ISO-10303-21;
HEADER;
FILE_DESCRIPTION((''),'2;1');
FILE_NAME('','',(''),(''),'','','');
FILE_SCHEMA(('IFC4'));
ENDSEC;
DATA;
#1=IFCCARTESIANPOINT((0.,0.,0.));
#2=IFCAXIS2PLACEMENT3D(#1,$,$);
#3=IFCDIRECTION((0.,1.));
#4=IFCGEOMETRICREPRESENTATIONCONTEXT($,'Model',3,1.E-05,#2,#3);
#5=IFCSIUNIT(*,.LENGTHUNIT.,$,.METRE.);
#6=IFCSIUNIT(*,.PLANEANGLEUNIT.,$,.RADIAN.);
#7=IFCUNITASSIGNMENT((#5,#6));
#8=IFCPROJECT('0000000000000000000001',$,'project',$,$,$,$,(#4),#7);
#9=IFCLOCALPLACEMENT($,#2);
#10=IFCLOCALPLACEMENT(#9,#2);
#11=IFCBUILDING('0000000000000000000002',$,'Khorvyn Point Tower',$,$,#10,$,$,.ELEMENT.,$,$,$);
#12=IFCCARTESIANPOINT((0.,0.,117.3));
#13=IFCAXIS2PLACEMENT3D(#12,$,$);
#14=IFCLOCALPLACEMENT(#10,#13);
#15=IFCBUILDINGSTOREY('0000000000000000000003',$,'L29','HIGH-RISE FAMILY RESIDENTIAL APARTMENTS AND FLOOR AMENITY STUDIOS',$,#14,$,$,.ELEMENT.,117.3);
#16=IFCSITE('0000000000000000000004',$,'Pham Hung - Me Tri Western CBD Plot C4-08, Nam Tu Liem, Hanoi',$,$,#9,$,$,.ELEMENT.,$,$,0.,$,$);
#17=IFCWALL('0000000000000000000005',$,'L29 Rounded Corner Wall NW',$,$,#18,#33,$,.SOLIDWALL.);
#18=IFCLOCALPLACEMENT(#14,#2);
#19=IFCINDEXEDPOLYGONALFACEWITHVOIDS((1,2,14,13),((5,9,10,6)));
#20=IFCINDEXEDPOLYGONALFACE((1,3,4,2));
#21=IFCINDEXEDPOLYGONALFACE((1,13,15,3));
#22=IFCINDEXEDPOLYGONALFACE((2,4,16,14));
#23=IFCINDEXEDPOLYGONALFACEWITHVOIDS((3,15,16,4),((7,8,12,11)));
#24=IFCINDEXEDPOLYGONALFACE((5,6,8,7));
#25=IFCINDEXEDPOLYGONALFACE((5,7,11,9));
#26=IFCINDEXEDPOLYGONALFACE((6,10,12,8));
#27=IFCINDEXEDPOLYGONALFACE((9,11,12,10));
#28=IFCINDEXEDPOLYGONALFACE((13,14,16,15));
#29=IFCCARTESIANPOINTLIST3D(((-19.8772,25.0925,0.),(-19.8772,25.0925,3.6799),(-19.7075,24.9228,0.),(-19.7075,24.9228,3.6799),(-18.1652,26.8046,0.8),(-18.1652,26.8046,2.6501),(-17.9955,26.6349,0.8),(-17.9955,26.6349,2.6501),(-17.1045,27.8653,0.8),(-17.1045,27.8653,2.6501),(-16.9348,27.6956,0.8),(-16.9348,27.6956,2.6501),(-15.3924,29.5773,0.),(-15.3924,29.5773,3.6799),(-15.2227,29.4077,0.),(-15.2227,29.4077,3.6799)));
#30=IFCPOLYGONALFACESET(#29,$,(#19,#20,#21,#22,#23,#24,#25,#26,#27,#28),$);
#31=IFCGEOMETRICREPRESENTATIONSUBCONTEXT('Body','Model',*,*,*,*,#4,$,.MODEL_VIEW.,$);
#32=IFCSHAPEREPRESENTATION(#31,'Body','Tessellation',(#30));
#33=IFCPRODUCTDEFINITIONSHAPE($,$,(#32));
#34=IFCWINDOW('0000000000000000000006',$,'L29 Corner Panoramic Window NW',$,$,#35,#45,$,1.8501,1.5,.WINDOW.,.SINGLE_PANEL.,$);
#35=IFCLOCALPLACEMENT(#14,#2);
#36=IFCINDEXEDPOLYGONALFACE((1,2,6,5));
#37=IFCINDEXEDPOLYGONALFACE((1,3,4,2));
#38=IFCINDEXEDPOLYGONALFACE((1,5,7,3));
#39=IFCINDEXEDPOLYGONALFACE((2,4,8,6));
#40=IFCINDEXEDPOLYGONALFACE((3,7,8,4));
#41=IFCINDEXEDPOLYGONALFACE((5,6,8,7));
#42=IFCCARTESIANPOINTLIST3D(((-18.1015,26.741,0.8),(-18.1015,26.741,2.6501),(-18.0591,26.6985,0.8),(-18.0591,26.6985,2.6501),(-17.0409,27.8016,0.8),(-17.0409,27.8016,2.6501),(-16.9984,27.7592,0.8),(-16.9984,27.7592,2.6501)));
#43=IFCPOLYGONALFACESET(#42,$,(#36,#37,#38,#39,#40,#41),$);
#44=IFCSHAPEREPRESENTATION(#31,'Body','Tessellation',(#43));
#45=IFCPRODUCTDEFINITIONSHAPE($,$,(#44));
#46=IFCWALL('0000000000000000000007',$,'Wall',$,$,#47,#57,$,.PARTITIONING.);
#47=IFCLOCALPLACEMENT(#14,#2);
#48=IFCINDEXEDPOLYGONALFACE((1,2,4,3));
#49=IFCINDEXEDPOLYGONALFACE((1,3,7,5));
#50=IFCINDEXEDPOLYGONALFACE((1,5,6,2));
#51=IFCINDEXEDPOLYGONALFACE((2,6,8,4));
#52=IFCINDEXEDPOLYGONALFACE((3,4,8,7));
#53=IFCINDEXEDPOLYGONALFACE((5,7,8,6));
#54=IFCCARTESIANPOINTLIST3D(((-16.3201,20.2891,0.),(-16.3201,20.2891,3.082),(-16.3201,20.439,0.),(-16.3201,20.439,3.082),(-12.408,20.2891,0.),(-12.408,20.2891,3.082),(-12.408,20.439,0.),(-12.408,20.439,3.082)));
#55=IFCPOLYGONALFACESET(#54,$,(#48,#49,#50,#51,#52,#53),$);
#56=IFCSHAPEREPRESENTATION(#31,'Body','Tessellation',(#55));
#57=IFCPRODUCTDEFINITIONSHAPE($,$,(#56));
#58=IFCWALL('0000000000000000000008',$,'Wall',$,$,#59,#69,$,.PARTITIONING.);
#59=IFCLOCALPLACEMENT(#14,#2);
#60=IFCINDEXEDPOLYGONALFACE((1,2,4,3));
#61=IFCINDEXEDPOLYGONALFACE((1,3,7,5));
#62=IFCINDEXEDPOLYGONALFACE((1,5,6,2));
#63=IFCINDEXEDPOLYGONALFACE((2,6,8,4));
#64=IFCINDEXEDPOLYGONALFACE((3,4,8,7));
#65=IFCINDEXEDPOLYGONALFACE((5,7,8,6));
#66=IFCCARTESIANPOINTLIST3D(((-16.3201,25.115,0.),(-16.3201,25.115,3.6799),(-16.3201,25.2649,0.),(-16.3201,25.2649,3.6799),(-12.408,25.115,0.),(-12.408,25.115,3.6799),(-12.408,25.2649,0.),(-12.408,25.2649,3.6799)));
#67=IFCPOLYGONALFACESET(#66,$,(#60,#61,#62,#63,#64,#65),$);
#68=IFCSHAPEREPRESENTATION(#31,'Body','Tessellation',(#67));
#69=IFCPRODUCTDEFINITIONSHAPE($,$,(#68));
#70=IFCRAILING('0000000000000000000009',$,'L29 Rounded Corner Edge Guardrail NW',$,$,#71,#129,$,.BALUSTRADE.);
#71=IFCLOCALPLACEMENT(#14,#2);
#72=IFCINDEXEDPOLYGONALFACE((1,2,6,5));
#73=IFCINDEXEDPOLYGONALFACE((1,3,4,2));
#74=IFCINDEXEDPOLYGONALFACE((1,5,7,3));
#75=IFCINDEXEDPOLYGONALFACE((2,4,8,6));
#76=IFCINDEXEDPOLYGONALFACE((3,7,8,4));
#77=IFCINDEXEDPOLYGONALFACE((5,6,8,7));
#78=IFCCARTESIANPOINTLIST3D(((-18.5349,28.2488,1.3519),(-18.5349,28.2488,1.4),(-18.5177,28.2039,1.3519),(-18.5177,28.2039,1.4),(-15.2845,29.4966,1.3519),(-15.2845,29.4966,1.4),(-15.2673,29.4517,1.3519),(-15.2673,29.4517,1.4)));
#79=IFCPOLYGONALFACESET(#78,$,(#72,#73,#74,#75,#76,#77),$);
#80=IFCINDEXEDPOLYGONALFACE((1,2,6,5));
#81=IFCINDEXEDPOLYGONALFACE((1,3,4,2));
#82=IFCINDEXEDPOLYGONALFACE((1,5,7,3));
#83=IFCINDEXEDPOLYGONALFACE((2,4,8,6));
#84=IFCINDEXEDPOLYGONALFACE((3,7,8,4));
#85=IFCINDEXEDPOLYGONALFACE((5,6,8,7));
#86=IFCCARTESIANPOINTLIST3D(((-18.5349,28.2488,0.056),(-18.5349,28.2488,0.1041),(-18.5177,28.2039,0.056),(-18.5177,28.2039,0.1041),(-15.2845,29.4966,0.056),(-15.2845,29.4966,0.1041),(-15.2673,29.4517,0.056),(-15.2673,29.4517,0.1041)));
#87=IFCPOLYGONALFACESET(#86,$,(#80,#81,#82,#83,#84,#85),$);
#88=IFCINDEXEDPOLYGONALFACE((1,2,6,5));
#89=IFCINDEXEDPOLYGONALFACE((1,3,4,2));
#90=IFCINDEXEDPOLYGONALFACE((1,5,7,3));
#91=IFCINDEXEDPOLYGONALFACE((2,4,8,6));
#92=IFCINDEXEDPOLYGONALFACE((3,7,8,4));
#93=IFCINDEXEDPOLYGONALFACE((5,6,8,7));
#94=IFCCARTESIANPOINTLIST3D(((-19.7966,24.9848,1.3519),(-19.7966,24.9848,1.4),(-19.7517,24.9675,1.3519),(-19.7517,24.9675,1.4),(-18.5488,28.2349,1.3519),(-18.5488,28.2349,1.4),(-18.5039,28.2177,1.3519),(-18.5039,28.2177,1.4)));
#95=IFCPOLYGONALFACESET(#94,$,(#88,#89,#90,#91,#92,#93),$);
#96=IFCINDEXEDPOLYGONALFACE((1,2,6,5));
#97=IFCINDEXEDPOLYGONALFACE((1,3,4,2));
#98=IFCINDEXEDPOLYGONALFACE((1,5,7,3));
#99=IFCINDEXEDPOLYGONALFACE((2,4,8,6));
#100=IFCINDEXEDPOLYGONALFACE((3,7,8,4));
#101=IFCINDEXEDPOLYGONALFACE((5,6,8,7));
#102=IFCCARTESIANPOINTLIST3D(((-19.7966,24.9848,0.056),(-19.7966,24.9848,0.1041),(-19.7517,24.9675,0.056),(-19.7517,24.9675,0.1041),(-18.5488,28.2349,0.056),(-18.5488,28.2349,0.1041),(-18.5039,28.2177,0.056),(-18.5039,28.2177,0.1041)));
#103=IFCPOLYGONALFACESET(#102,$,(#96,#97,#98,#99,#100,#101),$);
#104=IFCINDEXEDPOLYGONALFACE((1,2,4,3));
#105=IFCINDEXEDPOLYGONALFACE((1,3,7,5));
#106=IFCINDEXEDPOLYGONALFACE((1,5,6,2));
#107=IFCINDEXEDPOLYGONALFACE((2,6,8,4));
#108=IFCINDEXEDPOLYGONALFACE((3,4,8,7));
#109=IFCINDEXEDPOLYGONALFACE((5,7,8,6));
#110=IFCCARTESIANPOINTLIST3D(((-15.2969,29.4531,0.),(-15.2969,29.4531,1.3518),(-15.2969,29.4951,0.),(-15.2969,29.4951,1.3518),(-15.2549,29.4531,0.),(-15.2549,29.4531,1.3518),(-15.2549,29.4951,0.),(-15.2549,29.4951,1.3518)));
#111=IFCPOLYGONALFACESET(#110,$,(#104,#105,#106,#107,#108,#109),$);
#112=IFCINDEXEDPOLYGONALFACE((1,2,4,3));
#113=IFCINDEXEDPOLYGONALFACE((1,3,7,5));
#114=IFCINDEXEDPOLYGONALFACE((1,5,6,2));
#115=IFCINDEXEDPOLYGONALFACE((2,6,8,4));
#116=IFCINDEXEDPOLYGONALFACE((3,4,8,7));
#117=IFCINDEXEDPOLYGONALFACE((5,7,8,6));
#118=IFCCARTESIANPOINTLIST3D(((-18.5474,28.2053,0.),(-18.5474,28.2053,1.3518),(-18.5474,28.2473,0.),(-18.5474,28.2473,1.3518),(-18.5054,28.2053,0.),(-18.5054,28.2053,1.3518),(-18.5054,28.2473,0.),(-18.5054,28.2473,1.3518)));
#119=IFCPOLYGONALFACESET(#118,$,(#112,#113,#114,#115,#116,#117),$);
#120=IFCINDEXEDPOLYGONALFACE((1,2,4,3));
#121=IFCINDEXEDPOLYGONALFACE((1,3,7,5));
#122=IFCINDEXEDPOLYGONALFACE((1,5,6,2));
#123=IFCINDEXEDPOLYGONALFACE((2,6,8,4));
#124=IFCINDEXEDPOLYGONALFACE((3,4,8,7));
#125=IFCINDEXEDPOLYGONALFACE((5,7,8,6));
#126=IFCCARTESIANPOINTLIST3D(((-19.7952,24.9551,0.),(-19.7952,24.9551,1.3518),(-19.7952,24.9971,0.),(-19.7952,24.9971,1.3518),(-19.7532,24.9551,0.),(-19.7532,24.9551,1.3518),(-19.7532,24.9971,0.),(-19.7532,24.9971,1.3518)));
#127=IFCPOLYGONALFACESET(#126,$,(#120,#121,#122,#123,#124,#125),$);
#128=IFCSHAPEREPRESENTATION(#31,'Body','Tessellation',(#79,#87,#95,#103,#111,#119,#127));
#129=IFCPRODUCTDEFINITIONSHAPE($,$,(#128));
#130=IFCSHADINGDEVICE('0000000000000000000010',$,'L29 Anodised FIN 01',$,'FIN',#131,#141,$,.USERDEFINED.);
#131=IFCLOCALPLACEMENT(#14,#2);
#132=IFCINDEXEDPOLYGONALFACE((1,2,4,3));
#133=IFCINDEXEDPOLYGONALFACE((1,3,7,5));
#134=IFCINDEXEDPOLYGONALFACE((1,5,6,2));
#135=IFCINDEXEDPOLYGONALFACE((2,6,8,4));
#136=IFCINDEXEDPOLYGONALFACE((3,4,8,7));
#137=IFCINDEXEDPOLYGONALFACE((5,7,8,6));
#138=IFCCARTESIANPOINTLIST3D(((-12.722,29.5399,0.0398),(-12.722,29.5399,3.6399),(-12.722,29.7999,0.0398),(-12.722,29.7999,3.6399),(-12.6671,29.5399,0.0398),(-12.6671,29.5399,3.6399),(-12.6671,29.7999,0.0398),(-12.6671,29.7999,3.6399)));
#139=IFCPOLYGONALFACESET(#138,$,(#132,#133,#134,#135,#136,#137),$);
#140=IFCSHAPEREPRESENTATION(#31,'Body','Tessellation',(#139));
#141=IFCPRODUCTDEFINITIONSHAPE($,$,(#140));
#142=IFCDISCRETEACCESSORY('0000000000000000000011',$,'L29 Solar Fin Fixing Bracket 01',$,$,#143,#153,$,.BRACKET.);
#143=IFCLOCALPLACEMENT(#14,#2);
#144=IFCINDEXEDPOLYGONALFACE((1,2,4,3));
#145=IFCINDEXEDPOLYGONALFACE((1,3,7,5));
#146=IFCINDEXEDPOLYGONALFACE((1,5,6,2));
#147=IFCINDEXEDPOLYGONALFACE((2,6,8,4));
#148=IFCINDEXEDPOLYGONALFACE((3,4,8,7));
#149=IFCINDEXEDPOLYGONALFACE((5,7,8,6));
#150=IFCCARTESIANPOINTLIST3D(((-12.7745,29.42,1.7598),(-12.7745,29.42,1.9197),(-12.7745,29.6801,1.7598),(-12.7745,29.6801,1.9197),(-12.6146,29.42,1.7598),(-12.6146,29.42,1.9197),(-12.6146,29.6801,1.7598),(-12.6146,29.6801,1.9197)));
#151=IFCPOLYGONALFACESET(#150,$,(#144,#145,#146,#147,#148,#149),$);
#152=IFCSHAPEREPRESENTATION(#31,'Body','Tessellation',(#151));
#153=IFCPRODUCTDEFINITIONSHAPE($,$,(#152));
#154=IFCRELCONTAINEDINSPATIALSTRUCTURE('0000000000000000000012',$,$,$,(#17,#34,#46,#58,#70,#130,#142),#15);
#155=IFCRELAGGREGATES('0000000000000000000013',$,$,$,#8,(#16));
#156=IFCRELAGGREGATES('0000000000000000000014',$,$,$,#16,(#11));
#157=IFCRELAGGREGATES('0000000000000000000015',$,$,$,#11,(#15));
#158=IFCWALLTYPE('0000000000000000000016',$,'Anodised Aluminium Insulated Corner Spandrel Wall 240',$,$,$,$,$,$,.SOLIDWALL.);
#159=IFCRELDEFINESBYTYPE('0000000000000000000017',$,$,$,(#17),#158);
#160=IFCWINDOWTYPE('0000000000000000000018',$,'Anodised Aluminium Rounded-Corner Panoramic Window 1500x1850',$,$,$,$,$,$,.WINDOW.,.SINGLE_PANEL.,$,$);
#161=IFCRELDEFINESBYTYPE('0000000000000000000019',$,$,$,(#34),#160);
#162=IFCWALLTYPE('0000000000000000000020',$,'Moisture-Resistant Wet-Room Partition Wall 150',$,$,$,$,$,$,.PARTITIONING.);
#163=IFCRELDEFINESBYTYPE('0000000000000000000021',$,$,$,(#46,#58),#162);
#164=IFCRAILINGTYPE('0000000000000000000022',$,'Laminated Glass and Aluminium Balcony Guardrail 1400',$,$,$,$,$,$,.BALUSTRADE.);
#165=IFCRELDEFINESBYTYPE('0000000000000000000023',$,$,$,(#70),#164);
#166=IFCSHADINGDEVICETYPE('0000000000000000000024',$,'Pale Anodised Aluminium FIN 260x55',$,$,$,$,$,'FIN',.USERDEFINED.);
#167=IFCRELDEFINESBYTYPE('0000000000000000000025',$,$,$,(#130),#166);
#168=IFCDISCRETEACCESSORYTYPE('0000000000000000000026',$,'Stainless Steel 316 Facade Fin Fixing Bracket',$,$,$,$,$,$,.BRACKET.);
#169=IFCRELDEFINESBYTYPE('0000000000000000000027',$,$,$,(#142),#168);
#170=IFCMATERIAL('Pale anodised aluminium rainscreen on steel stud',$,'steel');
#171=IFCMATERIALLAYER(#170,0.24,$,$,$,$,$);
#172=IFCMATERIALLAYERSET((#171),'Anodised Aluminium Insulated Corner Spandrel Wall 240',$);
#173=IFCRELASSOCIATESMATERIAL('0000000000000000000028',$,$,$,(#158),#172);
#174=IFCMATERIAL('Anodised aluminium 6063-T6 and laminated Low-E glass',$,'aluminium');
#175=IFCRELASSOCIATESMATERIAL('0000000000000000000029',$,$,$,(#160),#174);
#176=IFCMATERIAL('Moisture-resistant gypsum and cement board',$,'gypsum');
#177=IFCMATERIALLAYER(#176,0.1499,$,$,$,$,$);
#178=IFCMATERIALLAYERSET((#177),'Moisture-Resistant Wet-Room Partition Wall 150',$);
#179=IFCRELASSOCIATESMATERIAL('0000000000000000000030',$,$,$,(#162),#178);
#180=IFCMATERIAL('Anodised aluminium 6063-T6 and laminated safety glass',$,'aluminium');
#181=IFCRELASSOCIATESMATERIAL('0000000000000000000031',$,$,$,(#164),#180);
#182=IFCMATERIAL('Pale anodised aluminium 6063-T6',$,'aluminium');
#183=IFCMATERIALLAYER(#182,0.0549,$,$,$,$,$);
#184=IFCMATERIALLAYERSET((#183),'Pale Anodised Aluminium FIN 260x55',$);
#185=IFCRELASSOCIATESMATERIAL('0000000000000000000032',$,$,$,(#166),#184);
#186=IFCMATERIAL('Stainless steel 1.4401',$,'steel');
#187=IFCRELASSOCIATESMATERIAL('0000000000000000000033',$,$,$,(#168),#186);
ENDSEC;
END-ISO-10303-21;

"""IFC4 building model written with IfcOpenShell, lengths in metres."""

from ifc_helpers import new_model, si_unit, direction, frame, frame_2d, origin, origin_2d, place, context, subcontext, project, spatial, rectangle, extrude, material, layer, layer_set, type_object, element, fill, save


model = new_model("IFC4")

# Units and contexts
model_context = context("Model", 3, precision=1e-05, world=origin(), true_north=direction((0.0, 1.0)))
body_context = subcontext(model_context, "Body", "Model", "MODEL_VIEW")
ifc_project = project(units=[si_unit("LENGTHUNIT", "METRE"), si_unit("PLANEANGLEUNIT", "RADIAN")], contexts=[model_context])

# Site, building, storey
site_placement = place(None, origin())
site = spatial("IfcSite", under=ifc_project, at=site_placement, Name="Pham Hung - Me Tri Western CBD Plot C4-08, Nam Tu Liem, Hanoi", CompositionType="ELEMENT", RefElevation=0.0)
building_placement = place(site_placement, origin())
building = spatial("IfcBuilding", under=site, at=building_placement, Name="Khorvyn Point Tower", CompositionType="ELEMENT")
storey_placement = place(building_placement, frame((0.0, 0.0, 117.3)))
storey = spatial("IfcBuildingStorey", under=building, at=storey_placement, Name="L29", Description="HIGH-RISE FAMILY RESIDENTIAL APARTMENTS AND FLOOR AMENITY STUDIOS", CompositionType="ELEMENT", Elevation=117.3)

# Shared definitions
ifc_material_1 = material(Name="Anodised aluminium 6063-T6 and laminated Low-E glass", Category="aluminium")

# Wall, opening, window
ifc_material_2 = material(Name="Pale anodised aluminium rainscreen on steel stud", Category="steel")
ifc_layer_1 = layer(ifc_material_2, 0.24)
ifc_layer_set_1 = layer_set([ifc_layer_1], Name="Anodised Aluminium Insulated Corner Spandrel Wall 240")
wall_type_1 = type_object("IfcWallType", Name="Anodised Aluminium Insulated Corner Spandrel Wall 240", PredefinedType="SOLIDWALL", material=ifc_layer_set_1)
wall_1_placement = place(storey_placement, frame((-19.7925, 25.0076, 0.0), z_axis=(0.0, 0.0, 1.0), x_axis=(0.707107, 0.707107, 0.0)))
wall_1 = element("IfcWall", 1, at=wall_1_placement, inside=storey, type_object=wall_type_1, Name="L29 Rounded Corner Wall NW", PredefinedType="SOLIDWALL", context=body_context, shape_type="SweptSolid", body=[
    extrude(rectangle(XDim=6.3425, YDim=0.24, at=frame_2d((3.1714, 0.0))), origin(), (0.0, 0.0, 1.0), 3.6799),
])
opening_placement = place(wall_1_placement, frame((2.4214, 0.0, 0.8)))
opening = element("IfcOpeningElement", 2, at=opening_placement, cuts=wall_1, PredefinedType="OPENING", context=body_context, shape_type="SweptSolid", body=[
    extrude(rectangle(XDim=1.5, YDim=1.8501, at=frame_2d((0.75, 0.925))), frame((0.0, 0.1299, 0.0), z_axis=(0.0, -1.0, 0.0), x_axis=(1.0, 0.0, 0.0)), (0.0, 0.0, 1.0), 0.26),
])
window_type = type_object("IfcWindowType", Name="Anodised Aluminium Rounded-Corner Panoramic Window 1500x1850", PartitioningType="SINGLE_PANEL", PredefinedType="WINDOW", material=ifc_material_1)
window_placement = place(opening_placement, origin())
window = element("IfcWindow", 3, at=window_placement, inside=storey, type_object=window_type, Name="L29 Corner Panoramic Window NW", OverallHeight=1.8501, OverallWidth=1.5, PartitioningType="SINGLE_PANEL", PredefinedType="WINDOW", context=body_context, shape_type="SweptSolid", body=[
    extrude(rectangle(XDim=1.5, YDim=1.8501, at=frame_2d((0.75, 0.925))), frame((0.0, 0.03, 0.0), z_axis=(0.0, -1.0, 0.0), x_axis=(1.0, 0.0, 0.0)), (0.0, 0.0, 1.0), 0.0601),
])
fill(opening, window)

# Walls
ifc_material_3 = material(Name="Moisture-resistant gypsum and cement board", Category="gypsum")
ifc_layer_2 = layer(ifc_material_3, 0.1499)
ifc_layer_set_2 = layer_set([ifc_layer_2], Name="Moisture-Resistant Wet-Room Partition Wall 150")
wall_type_2 = type_object("IfcWallType", Name="Moisture-Resistant Wet-Room Partition Wall 150", PredefinedType="PARTITIONING", material=ifc_layer_set_2)
wall_2_placement = place(storey_placement, frame((-16.3201, 20.364, 0.0), z_axis=(0.0, 0.0, 1.0), x_axis=(1.0, 0.0, 0.0)))
element("IfcWall", 4, at=wall_2_placement, inside=storey, type_object=wall_type_2, Name="Wall", PredefinedType="PARTITIONING", context=body_context, shape_type="SweptSolid", body=[
    extrude(rectangle(XDim=3.9121, YDim=0.1499, at=frame_2d((1.9561, 0.0))), origin(), (0.0, 0.0, 1.0), 3.082),
])
wall_3_placement = place(storey_placement, frame((-16.3201, 25.1899, 0.0), z_axis=(0.0, 0.0, 1.0), x_axis=(1.0, 0.0, 0.0)))
element("IfcWall", 5, at=wall_3_placement, inside=storey, type_object=wall_type_2, Name="Wall", PredefinedType="PARTITIONING", context=body_context, shape_type="SweptSolid", body=[
    extrude(rectangle(XDim=3.9121, YDim=0.1499, at=frame_2d((1.9561, 0.0))), origin(), (0.0, 0.0, 1.0), 3.6799),
])

# Railing
ifc_material_4 = material(Name="Anodised aluminium 6063-T6 and laminated safety glass", Category="aluminium")
railing_type = type_object("IfcRailingType", Name="Laminated Glass and Aluminium Balcony Guardrail 1400", PredefinedType="BALUSTRADE", material=ifc_material_4)
railing_placement = place(storey_placement, frame((-15.2759, 29.4741, 0.0)))
element("IfcRailing", 6, at=railing_placement, inside=storey, type_object=railing_type, Name="L29 Rounded Corner Edge Guardrail NW", PredefinedType="BALUSTRADE", context=body_context, shape_type="SweptSolid", body=[
    extrude(rectangle(XDim=0.0481, YDim=0.0481, at=origin_2d()), frame((0.0, 0.0, 1.376), z_axis=(-0.933575, -0.358382, 0.0), x_axis=(0.358382, -0.933575, 0.0)), (0.0, 0.0, 1.0), 3.4817),
    extrude(rectangle(XDim=0.0481, YDim=0.0481, at=origin_2d()), frame((0.0, 0.0, 0.0801), z_axis=(-0.933575, -0.358382, 0.0), x_axis=(0.358382, -0.933575, 0.0)), (0.0, 0.0, 1.0), 3.4817),
    extrude(rectangle(XDim=0.0481, YDim=0.0481, at=origin_2d()), frame((-3.2505, -1.2478, 1.376), z_axis=(-0.358406, -0.933566, 0.0), x_axis=(0.933566, -0.358406, 0.0)), (0.0, 0.0, 1.0), 3.4814),
    extrude(rectangle(XDim=0.0481, YDim=0.0481, at=origin_2d()), frame((-3.2505, -1.2478, 0.0801), z_axis=(-0.358406, -0.933566, 0.0), x_axis=(0.933566, -0.358406, 0.0)), (0.0, 0.0, 1.0), 3.4814),
    extrude(rectangle(XDim=0.042, YDim=0.042, at=origin_2d()), origin(), (0.0, 0.0, 1.0), 1.3518),
    extrude(rectangle(XDim=0.042, YDim=0.042, at=origin_2d()), frame((-3.2505, -1.2478, 0.0)), (0.0, 0.0, 1.0), 1.3518),
    extrude(rectangle(XDim=0.042, YDim=0.042, at=origin_2d()), frame((-4.4983, -4.498, 0.0)), (0.0, 0.0, 1.0), 1.3518),
])

# Shading device
ifc_material_5 = material(Name="Pale anodised aluminium 6063-T6", Category="aluminium")
ifc_layer_3 = layer(ifc_material_5, 0.0549)
ifc_layer_set_3 = layer_set([ifc_layer_3], Name="Pale Anodised Aluminium FIN 260x55")
shading_device_type = type_object("IfcShadingDeviceType", Name="Pale Anodised Aluminium FIN 260x55", ElementType="FIN", PredefinedType="USERDEFINED", material=ifc_layer_set_3)
shading_device_placement = place(storey_placement, frame((-12.6946, 29.6699, 0.0398), z_axis=(0.0, 0.0, 1.0), x_axis=(0.0, 1.0, 0.0)))
element("IfcShadingDevice", 7, at=shading_device_placement, inside=storey, type_object=shading_device_type, Name="L29 Anodised FIN 01", ObjectType="FIN", PredefinedType="USERDEFINED", context=body_context, shape_type="SweptSolid", body=[
    extrude(rectangle(XDim=0.26, YDim=0.0549, at=origin_2d()), origin(), (0.0, 0.0, 1.0), 3.6001),
])

# Discrete accessory
ifc_material_6 = material(Name="Stainless steel 1.4401", Category="steel")
discrete_accessory_type = type_object("IfcDiscreteAccessoryType", Name="Stainless Steel 316 Facade Fin Fixing Bracket", PredefinedType="BRACKET", material=ifc_material_6)
discrete_accessory_placement = place(storey_placement, frame((-12.6946, 29.55, 1.7598), z_axis=(0.0, 0.0, 1.0), x_axis=(1.0, 0.0, 0.0)))
element("IfcDiscreteAccessory", 8, at=discrete_accessory_placement, inside=storey, type_object=discrete_accessory_type, Name="L29 Solar Fin Fixing Bracket 01", PredefinedType="BRACKET", context=body_context, shape_type="SweptSolid", body=[
    extrude(rectangle(XDim=0.1599, YDim=0.26, at=origin_2d()), origin(), (0.0, 0.0, 1.0), 0.1599),
])

save(model, "model.ifc")
